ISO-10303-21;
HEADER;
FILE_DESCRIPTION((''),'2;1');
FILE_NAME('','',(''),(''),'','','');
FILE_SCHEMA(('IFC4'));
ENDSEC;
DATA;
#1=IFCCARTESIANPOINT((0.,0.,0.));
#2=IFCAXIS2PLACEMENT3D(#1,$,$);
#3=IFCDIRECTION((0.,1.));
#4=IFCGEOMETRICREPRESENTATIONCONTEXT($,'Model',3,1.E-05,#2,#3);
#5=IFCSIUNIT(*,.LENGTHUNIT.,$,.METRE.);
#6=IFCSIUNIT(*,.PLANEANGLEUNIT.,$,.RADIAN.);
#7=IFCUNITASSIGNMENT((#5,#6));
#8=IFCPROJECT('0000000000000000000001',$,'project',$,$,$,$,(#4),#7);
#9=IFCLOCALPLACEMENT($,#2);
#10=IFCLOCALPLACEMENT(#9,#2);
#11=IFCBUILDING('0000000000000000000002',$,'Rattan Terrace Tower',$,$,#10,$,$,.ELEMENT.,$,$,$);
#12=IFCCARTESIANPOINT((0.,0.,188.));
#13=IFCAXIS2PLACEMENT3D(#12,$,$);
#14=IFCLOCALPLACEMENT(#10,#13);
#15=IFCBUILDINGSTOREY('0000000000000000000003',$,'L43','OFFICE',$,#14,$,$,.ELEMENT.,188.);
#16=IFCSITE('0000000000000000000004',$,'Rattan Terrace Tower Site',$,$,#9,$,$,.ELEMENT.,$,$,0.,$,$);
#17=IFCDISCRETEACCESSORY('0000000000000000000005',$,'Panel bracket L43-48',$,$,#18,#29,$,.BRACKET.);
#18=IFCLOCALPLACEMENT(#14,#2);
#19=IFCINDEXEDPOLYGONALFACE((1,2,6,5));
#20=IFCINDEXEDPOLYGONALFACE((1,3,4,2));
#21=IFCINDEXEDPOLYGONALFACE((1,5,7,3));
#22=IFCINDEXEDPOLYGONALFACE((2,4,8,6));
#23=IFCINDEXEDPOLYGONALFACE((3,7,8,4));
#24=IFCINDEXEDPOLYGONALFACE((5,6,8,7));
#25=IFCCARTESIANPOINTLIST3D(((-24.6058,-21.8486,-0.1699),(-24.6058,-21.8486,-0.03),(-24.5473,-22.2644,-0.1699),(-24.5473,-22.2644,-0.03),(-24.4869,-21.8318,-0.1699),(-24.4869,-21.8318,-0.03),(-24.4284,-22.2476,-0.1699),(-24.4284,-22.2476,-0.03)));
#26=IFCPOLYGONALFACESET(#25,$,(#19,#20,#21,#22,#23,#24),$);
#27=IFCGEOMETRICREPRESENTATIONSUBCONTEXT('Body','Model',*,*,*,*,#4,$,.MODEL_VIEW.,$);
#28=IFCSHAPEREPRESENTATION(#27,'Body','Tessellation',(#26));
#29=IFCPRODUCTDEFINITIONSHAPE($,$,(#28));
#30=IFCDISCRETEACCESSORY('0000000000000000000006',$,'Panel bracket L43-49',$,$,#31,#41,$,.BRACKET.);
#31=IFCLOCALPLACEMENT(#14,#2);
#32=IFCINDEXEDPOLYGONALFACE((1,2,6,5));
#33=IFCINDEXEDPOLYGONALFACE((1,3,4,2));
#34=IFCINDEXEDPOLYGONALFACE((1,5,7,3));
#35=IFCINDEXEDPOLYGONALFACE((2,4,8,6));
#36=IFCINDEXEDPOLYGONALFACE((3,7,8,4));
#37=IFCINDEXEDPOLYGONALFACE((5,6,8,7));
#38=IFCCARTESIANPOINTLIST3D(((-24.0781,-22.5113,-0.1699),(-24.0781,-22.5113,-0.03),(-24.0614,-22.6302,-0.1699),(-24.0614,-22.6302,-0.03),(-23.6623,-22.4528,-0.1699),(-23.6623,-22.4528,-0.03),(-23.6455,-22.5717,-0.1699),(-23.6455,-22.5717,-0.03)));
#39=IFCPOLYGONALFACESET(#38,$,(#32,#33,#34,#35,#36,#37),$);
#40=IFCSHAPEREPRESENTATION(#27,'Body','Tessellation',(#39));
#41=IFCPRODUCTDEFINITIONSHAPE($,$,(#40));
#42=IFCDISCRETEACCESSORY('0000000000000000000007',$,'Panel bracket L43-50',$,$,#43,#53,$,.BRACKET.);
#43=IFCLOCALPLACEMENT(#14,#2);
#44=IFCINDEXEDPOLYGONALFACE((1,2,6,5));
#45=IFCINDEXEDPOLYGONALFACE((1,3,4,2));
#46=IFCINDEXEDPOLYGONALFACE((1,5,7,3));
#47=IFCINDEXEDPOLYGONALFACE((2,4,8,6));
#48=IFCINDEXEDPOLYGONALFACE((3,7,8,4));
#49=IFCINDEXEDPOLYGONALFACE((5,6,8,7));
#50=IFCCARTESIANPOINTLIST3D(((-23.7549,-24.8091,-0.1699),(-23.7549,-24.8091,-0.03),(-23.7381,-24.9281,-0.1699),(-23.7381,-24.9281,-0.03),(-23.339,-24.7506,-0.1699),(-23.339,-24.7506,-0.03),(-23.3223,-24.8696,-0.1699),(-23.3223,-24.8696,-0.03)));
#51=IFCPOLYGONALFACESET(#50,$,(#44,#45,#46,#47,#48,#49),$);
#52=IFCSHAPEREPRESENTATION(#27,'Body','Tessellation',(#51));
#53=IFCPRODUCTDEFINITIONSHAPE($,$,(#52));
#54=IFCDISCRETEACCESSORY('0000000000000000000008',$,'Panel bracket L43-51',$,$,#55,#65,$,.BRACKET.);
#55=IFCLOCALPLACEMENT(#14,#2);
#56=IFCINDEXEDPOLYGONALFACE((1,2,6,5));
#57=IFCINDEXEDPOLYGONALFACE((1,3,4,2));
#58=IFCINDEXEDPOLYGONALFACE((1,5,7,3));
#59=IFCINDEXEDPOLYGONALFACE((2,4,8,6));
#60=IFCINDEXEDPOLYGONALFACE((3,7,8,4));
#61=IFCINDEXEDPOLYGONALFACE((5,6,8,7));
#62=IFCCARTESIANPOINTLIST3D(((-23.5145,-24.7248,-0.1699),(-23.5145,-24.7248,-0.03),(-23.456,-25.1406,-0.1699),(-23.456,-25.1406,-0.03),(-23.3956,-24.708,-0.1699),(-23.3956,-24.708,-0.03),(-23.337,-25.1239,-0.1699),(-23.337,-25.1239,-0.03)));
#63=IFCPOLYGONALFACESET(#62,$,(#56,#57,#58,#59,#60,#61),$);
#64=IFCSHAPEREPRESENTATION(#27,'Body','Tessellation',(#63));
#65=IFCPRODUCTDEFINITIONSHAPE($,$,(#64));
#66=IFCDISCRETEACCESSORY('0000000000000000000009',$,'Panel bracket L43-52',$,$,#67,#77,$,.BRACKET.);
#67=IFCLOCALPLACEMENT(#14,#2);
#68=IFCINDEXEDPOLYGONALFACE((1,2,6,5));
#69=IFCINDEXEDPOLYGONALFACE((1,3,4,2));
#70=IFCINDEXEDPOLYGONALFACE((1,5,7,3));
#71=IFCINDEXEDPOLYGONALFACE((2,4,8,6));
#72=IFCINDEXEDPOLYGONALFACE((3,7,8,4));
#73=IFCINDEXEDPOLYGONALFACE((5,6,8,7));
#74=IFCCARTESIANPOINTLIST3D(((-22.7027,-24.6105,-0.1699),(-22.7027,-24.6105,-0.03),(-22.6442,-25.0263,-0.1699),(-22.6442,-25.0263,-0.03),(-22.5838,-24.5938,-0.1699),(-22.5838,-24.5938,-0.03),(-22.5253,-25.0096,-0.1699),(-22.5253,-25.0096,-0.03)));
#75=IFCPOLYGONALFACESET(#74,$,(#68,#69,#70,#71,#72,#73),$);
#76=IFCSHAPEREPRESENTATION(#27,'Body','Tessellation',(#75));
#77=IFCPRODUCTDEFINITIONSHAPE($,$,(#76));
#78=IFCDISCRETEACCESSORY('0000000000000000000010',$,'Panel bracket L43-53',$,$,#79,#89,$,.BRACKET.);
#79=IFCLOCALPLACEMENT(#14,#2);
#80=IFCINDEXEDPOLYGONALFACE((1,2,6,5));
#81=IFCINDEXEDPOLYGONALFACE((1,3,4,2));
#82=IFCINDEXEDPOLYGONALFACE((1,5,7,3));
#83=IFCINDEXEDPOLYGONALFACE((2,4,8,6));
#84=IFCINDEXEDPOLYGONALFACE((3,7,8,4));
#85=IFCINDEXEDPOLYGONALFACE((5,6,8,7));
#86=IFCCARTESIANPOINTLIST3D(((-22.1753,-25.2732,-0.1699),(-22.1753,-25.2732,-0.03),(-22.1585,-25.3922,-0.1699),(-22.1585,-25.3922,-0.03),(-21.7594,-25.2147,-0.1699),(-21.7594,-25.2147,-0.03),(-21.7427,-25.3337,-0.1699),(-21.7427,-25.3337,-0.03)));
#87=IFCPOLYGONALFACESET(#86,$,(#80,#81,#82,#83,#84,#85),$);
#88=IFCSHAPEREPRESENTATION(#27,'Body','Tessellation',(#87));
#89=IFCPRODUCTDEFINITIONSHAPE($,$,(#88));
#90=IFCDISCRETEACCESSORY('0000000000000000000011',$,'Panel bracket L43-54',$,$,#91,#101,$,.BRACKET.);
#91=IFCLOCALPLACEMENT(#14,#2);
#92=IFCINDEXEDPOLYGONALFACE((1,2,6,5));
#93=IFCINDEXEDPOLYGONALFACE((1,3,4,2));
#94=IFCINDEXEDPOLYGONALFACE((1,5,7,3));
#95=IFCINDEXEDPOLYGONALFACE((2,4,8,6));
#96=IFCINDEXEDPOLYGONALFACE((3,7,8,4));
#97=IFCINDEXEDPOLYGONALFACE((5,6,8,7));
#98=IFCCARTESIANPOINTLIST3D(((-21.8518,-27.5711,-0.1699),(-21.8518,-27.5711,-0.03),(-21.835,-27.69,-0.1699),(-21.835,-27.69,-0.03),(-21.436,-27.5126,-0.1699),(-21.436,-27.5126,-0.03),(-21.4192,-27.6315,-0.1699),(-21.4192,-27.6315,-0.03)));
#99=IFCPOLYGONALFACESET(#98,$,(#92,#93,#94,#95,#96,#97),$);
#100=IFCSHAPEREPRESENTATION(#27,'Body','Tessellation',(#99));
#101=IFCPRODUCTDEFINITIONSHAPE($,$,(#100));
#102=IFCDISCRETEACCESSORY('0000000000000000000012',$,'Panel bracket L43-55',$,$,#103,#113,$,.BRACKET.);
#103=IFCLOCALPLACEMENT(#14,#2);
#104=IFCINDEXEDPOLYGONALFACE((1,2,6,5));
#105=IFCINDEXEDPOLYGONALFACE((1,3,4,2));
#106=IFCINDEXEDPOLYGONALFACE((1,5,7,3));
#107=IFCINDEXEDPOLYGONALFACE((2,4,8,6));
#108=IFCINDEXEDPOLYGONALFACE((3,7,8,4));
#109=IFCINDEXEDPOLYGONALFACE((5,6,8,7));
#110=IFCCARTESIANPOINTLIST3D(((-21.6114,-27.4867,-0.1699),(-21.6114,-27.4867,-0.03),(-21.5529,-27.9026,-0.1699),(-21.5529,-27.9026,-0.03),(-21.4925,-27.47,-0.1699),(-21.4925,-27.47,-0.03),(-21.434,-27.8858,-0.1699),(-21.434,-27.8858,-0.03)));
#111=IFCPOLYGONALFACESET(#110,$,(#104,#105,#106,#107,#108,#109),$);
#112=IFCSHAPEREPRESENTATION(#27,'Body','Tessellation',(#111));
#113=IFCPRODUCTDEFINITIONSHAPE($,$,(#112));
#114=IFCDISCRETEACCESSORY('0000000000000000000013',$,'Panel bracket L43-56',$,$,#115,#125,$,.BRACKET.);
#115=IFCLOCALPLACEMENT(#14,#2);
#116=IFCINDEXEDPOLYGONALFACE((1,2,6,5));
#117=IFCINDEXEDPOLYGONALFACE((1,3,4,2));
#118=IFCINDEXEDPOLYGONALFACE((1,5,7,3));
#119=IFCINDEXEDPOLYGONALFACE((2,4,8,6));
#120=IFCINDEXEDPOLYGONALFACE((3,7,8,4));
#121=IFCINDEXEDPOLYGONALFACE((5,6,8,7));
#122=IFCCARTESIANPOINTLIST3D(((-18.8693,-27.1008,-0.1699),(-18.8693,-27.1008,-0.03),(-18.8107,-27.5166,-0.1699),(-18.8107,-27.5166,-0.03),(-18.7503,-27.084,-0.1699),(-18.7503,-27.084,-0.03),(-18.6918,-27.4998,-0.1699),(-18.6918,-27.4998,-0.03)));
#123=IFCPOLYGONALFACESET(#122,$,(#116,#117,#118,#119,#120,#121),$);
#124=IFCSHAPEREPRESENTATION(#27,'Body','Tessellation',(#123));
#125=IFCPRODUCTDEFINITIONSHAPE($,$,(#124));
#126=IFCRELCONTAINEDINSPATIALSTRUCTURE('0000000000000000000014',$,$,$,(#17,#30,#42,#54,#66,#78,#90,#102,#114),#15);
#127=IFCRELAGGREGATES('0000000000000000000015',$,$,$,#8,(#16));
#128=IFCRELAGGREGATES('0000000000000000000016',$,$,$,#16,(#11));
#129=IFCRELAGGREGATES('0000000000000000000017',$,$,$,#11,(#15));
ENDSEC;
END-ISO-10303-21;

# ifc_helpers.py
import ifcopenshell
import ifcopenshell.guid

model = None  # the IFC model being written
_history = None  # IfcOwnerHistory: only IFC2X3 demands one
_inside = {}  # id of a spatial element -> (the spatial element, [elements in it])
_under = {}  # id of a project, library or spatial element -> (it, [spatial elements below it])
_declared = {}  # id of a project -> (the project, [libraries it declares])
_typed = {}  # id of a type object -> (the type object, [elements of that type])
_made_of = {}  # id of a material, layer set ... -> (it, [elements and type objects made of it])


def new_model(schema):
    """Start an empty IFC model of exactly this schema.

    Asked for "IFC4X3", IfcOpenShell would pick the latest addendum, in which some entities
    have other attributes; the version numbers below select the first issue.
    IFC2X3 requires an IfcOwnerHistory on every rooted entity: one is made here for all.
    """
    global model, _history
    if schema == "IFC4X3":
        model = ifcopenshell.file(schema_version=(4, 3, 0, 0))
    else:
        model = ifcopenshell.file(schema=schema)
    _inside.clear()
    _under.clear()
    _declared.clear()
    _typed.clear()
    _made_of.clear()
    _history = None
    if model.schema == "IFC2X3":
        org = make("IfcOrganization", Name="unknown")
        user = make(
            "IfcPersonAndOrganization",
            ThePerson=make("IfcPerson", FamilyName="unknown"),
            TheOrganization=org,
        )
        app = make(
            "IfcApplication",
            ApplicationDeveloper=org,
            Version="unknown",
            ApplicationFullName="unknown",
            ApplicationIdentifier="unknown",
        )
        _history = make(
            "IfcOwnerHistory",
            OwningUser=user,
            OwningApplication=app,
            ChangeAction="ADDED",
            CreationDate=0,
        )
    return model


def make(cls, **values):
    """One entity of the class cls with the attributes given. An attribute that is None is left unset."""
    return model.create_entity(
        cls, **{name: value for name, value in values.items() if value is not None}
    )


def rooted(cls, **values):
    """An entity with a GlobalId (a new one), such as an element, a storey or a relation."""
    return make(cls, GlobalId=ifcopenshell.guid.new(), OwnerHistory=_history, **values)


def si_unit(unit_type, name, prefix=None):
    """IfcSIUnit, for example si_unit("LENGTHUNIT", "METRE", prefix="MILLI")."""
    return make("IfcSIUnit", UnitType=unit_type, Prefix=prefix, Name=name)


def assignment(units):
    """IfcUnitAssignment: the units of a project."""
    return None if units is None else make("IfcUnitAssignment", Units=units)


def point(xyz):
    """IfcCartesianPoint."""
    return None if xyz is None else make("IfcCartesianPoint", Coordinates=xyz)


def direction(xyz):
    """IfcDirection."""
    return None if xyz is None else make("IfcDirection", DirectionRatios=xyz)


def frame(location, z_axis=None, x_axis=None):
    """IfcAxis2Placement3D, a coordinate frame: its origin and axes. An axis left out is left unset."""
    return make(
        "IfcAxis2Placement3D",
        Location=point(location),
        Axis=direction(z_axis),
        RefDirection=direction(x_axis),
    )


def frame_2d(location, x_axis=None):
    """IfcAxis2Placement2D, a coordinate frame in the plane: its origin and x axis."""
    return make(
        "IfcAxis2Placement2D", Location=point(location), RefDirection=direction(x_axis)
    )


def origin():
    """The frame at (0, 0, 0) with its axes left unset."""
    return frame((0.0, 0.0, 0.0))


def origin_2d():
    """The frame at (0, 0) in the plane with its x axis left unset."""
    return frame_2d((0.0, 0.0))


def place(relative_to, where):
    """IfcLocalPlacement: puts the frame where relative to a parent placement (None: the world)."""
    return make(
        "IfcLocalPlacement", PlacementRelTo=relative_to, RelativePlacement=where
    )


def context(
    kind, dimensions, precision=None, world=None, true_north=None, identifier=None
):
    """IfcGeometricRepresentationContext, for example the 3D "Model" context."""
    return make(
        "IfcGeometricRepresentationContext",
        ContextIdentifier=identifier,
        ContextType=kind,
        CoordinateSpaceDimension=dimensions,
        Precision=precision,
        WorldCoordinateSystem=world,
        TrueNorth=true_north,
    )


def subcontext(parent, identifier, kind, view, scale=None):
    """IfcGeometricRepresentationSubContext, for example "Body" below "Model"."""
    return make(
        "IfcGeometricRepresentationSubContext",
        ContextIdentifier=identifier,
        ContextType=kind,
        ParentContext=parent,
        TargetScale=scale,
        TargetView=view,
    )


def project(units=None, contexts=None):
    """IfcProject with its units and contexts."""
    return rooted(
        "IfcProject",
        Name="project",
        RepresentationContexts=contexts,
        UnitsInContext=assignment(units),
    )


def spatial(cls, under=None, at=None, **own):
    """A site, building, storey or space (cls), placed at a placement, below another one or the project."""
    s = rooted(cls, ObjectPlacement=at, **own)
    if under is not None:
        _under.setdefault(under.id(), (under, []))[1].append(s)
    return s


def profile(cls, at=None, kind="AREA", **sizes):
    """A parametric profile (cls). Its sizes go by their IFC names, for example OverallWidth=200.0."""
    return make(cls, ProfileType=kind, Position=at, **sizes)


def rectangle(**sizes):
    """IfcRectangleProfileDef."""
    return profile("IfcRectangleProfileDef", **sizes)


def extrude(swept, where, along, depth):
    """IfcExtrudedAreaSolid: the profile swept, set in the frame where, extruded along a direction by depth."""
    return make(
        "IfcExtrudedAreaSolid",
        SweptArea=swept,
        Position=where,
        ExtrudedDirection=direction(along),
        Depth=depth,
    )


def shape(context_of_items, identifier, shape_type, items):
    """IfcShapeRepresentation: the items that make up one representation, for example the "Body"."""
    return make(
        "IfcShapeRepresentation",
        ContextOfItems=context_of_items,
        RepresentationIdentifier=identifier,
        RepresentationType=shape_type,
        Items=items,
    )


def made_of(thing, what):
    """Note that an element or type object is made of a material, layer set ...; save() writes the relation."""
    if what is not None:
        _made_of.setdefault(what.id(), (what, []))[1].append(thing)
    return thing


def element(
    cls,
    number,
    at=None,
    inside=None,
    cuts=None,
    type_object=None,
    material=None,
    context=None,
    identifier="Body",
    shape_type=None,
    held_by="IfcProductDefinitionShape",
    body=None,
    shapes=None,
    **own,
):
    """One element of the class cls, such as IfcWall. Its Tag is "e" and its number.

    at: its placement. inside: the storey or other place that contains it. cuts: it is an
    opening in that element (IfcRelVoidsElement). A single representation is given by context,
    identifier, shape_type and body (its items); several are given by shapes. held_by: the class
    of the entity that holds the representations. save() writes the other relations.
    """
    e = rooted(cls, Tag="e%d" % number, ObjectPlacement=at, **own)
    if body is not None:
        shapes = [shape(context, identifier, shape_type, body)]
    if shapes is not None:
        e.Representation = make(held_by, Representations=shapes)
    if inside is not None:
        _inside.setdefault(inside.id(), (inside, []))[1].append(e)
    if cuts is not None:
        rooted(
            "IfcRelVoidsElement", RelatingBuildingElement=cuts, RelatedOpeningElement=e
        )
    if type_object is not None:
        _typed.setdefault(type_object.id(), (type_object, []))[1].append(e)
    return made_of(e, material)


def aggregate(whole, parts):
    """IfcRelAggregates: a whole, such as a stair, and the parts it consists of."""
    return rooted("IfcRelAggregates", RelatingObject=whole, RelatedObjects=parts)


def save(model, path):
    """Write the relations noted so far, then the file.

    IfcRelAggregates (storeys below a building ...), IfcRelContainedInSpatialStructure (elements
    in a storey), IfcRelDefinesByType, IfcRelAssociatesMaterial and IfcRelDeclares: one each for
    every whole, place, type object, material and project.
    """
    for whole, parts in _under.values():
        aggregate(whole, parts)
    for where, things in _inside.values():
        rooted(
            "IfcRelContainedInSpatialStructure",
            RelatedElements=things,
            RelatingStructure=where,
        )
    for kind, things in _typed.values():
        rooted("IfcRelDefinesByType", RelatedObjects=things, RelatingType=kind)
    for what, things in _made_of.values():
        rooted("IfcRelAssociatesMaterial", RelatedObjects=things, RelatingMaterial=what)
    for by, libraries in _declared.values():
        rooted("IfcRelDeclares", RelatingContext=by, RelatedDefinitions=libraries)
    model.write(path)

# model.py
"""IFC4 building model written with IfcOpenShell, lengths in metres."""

from ifc_helpers import new_model, si_unit, direction, frame, origin, origin_2d, place, context, subcontext, project, spatial, rectangle, extrude, element, save


model = new_model("IFC4")

# Units and contexts
model_context = context("Model", 3, precision=1e-05, world=origin(), true_north=direction((0.0, 1.0)))
body_context = subcontext(model_context, "Body", "Model", "MODEL_VIEW")
ifc_project = project(units=[si_unit("LENGTHUNIT", "METRE"), si_unit("PLANEANGLEUNIT", "RADIAN")], contexts=[model_context])

# Site, building, storey
site_placement = place(None, origin())
site = spatial("IfcSite", under=ifc_project, at=site_placement, Name="Rattan Terrace Tower Site", CompositionType="ELEMENT", RefElevation=0.0)
building_placement = place(site_placement, origin())
building = spatial("IfcBuilding", under=site, at=building_placement, Name="Rattan Terrace Tower", CompositionType="ELEMENT")
storey_placement = place(building_placement, frame((0.0, 0.0, 188.0)))
storey = spatial("IfcBuildingStorey", under=building, at=storey_placement, Name="L43", Description="OFFICE", CompositionType="ELEMENT", Elevation=188.0)

# Discrete accessories
for number, where, z_axis, x_axis, name in (
    (1, (-24.5171, -22.0481, -0.1699), (0.0, 0.0, 1.0), (0.990241, 0.139367, 0.0), "Panel bracket L43-48"),
    (2, (-23.8618, -22.5415, -0.1699), (0.0, 0.0, 1.0), (0.139321, -0.990247, 0.0), "Panel bracket L43-49"),
    (3, (-23.5386, -24.8394, -0.1699), (0.0, 0.0, 1.0), (0.139321, -0.990247, 0.0), "Panel bracket L43-50"),
    (4, (-23.4258, -24.9243, -0.1699), (0.0, 0.0, 1.0), (0.990241, 0.139367, 0.0), "Panel bracket L43-51"),
    (5, (-22.614, -24.8101, -0.1699), (0.0, 0.0, 1.0), (0.990241, 0.139367, 0.0), "Panel bracket L43-52"),
    (6, (-21.959, -25.3035, -0.1699), (0.0, 0.0, 1.0), (0.139321, -0.990247, 0.0), "Panel bracket L43-53"),
    (7, (-21.6355, -27.6013, -0.1699), (0.0, 0.0, 1.0), (0.139321, -0.990247, 0.0), "Panel bracket L43-54"),
    (8, (-21.5227, -27.6863, -0.1699), (0.0, 0.0, 1.0), (0.990241, 0.139367, 0.0), "Panel bracket L43-55"),
    (9, (-18.7805, -27.3003, -0.1699), (0.0, 0.0, 1.0), (0.990241, 0.139367, 0.0), "Panel bracket L43-56"),
):
    element("IfcDiscreteAccessory", number, at=place(storey_placement, frame(where, z_axis=z_axis, x_axis=x_axis)), inside=storey, Name=name, PredefinedType="BRACKET", context=body_context, shape_type="SweptSolid", body=[
        extrude(rectangle(XDim=0.1201, YDim=0.4199, at=origin_2d()), origin(), (0.0, 0.0, 1.0), 0.1399),
    ])

save(model, "model.ifc")
